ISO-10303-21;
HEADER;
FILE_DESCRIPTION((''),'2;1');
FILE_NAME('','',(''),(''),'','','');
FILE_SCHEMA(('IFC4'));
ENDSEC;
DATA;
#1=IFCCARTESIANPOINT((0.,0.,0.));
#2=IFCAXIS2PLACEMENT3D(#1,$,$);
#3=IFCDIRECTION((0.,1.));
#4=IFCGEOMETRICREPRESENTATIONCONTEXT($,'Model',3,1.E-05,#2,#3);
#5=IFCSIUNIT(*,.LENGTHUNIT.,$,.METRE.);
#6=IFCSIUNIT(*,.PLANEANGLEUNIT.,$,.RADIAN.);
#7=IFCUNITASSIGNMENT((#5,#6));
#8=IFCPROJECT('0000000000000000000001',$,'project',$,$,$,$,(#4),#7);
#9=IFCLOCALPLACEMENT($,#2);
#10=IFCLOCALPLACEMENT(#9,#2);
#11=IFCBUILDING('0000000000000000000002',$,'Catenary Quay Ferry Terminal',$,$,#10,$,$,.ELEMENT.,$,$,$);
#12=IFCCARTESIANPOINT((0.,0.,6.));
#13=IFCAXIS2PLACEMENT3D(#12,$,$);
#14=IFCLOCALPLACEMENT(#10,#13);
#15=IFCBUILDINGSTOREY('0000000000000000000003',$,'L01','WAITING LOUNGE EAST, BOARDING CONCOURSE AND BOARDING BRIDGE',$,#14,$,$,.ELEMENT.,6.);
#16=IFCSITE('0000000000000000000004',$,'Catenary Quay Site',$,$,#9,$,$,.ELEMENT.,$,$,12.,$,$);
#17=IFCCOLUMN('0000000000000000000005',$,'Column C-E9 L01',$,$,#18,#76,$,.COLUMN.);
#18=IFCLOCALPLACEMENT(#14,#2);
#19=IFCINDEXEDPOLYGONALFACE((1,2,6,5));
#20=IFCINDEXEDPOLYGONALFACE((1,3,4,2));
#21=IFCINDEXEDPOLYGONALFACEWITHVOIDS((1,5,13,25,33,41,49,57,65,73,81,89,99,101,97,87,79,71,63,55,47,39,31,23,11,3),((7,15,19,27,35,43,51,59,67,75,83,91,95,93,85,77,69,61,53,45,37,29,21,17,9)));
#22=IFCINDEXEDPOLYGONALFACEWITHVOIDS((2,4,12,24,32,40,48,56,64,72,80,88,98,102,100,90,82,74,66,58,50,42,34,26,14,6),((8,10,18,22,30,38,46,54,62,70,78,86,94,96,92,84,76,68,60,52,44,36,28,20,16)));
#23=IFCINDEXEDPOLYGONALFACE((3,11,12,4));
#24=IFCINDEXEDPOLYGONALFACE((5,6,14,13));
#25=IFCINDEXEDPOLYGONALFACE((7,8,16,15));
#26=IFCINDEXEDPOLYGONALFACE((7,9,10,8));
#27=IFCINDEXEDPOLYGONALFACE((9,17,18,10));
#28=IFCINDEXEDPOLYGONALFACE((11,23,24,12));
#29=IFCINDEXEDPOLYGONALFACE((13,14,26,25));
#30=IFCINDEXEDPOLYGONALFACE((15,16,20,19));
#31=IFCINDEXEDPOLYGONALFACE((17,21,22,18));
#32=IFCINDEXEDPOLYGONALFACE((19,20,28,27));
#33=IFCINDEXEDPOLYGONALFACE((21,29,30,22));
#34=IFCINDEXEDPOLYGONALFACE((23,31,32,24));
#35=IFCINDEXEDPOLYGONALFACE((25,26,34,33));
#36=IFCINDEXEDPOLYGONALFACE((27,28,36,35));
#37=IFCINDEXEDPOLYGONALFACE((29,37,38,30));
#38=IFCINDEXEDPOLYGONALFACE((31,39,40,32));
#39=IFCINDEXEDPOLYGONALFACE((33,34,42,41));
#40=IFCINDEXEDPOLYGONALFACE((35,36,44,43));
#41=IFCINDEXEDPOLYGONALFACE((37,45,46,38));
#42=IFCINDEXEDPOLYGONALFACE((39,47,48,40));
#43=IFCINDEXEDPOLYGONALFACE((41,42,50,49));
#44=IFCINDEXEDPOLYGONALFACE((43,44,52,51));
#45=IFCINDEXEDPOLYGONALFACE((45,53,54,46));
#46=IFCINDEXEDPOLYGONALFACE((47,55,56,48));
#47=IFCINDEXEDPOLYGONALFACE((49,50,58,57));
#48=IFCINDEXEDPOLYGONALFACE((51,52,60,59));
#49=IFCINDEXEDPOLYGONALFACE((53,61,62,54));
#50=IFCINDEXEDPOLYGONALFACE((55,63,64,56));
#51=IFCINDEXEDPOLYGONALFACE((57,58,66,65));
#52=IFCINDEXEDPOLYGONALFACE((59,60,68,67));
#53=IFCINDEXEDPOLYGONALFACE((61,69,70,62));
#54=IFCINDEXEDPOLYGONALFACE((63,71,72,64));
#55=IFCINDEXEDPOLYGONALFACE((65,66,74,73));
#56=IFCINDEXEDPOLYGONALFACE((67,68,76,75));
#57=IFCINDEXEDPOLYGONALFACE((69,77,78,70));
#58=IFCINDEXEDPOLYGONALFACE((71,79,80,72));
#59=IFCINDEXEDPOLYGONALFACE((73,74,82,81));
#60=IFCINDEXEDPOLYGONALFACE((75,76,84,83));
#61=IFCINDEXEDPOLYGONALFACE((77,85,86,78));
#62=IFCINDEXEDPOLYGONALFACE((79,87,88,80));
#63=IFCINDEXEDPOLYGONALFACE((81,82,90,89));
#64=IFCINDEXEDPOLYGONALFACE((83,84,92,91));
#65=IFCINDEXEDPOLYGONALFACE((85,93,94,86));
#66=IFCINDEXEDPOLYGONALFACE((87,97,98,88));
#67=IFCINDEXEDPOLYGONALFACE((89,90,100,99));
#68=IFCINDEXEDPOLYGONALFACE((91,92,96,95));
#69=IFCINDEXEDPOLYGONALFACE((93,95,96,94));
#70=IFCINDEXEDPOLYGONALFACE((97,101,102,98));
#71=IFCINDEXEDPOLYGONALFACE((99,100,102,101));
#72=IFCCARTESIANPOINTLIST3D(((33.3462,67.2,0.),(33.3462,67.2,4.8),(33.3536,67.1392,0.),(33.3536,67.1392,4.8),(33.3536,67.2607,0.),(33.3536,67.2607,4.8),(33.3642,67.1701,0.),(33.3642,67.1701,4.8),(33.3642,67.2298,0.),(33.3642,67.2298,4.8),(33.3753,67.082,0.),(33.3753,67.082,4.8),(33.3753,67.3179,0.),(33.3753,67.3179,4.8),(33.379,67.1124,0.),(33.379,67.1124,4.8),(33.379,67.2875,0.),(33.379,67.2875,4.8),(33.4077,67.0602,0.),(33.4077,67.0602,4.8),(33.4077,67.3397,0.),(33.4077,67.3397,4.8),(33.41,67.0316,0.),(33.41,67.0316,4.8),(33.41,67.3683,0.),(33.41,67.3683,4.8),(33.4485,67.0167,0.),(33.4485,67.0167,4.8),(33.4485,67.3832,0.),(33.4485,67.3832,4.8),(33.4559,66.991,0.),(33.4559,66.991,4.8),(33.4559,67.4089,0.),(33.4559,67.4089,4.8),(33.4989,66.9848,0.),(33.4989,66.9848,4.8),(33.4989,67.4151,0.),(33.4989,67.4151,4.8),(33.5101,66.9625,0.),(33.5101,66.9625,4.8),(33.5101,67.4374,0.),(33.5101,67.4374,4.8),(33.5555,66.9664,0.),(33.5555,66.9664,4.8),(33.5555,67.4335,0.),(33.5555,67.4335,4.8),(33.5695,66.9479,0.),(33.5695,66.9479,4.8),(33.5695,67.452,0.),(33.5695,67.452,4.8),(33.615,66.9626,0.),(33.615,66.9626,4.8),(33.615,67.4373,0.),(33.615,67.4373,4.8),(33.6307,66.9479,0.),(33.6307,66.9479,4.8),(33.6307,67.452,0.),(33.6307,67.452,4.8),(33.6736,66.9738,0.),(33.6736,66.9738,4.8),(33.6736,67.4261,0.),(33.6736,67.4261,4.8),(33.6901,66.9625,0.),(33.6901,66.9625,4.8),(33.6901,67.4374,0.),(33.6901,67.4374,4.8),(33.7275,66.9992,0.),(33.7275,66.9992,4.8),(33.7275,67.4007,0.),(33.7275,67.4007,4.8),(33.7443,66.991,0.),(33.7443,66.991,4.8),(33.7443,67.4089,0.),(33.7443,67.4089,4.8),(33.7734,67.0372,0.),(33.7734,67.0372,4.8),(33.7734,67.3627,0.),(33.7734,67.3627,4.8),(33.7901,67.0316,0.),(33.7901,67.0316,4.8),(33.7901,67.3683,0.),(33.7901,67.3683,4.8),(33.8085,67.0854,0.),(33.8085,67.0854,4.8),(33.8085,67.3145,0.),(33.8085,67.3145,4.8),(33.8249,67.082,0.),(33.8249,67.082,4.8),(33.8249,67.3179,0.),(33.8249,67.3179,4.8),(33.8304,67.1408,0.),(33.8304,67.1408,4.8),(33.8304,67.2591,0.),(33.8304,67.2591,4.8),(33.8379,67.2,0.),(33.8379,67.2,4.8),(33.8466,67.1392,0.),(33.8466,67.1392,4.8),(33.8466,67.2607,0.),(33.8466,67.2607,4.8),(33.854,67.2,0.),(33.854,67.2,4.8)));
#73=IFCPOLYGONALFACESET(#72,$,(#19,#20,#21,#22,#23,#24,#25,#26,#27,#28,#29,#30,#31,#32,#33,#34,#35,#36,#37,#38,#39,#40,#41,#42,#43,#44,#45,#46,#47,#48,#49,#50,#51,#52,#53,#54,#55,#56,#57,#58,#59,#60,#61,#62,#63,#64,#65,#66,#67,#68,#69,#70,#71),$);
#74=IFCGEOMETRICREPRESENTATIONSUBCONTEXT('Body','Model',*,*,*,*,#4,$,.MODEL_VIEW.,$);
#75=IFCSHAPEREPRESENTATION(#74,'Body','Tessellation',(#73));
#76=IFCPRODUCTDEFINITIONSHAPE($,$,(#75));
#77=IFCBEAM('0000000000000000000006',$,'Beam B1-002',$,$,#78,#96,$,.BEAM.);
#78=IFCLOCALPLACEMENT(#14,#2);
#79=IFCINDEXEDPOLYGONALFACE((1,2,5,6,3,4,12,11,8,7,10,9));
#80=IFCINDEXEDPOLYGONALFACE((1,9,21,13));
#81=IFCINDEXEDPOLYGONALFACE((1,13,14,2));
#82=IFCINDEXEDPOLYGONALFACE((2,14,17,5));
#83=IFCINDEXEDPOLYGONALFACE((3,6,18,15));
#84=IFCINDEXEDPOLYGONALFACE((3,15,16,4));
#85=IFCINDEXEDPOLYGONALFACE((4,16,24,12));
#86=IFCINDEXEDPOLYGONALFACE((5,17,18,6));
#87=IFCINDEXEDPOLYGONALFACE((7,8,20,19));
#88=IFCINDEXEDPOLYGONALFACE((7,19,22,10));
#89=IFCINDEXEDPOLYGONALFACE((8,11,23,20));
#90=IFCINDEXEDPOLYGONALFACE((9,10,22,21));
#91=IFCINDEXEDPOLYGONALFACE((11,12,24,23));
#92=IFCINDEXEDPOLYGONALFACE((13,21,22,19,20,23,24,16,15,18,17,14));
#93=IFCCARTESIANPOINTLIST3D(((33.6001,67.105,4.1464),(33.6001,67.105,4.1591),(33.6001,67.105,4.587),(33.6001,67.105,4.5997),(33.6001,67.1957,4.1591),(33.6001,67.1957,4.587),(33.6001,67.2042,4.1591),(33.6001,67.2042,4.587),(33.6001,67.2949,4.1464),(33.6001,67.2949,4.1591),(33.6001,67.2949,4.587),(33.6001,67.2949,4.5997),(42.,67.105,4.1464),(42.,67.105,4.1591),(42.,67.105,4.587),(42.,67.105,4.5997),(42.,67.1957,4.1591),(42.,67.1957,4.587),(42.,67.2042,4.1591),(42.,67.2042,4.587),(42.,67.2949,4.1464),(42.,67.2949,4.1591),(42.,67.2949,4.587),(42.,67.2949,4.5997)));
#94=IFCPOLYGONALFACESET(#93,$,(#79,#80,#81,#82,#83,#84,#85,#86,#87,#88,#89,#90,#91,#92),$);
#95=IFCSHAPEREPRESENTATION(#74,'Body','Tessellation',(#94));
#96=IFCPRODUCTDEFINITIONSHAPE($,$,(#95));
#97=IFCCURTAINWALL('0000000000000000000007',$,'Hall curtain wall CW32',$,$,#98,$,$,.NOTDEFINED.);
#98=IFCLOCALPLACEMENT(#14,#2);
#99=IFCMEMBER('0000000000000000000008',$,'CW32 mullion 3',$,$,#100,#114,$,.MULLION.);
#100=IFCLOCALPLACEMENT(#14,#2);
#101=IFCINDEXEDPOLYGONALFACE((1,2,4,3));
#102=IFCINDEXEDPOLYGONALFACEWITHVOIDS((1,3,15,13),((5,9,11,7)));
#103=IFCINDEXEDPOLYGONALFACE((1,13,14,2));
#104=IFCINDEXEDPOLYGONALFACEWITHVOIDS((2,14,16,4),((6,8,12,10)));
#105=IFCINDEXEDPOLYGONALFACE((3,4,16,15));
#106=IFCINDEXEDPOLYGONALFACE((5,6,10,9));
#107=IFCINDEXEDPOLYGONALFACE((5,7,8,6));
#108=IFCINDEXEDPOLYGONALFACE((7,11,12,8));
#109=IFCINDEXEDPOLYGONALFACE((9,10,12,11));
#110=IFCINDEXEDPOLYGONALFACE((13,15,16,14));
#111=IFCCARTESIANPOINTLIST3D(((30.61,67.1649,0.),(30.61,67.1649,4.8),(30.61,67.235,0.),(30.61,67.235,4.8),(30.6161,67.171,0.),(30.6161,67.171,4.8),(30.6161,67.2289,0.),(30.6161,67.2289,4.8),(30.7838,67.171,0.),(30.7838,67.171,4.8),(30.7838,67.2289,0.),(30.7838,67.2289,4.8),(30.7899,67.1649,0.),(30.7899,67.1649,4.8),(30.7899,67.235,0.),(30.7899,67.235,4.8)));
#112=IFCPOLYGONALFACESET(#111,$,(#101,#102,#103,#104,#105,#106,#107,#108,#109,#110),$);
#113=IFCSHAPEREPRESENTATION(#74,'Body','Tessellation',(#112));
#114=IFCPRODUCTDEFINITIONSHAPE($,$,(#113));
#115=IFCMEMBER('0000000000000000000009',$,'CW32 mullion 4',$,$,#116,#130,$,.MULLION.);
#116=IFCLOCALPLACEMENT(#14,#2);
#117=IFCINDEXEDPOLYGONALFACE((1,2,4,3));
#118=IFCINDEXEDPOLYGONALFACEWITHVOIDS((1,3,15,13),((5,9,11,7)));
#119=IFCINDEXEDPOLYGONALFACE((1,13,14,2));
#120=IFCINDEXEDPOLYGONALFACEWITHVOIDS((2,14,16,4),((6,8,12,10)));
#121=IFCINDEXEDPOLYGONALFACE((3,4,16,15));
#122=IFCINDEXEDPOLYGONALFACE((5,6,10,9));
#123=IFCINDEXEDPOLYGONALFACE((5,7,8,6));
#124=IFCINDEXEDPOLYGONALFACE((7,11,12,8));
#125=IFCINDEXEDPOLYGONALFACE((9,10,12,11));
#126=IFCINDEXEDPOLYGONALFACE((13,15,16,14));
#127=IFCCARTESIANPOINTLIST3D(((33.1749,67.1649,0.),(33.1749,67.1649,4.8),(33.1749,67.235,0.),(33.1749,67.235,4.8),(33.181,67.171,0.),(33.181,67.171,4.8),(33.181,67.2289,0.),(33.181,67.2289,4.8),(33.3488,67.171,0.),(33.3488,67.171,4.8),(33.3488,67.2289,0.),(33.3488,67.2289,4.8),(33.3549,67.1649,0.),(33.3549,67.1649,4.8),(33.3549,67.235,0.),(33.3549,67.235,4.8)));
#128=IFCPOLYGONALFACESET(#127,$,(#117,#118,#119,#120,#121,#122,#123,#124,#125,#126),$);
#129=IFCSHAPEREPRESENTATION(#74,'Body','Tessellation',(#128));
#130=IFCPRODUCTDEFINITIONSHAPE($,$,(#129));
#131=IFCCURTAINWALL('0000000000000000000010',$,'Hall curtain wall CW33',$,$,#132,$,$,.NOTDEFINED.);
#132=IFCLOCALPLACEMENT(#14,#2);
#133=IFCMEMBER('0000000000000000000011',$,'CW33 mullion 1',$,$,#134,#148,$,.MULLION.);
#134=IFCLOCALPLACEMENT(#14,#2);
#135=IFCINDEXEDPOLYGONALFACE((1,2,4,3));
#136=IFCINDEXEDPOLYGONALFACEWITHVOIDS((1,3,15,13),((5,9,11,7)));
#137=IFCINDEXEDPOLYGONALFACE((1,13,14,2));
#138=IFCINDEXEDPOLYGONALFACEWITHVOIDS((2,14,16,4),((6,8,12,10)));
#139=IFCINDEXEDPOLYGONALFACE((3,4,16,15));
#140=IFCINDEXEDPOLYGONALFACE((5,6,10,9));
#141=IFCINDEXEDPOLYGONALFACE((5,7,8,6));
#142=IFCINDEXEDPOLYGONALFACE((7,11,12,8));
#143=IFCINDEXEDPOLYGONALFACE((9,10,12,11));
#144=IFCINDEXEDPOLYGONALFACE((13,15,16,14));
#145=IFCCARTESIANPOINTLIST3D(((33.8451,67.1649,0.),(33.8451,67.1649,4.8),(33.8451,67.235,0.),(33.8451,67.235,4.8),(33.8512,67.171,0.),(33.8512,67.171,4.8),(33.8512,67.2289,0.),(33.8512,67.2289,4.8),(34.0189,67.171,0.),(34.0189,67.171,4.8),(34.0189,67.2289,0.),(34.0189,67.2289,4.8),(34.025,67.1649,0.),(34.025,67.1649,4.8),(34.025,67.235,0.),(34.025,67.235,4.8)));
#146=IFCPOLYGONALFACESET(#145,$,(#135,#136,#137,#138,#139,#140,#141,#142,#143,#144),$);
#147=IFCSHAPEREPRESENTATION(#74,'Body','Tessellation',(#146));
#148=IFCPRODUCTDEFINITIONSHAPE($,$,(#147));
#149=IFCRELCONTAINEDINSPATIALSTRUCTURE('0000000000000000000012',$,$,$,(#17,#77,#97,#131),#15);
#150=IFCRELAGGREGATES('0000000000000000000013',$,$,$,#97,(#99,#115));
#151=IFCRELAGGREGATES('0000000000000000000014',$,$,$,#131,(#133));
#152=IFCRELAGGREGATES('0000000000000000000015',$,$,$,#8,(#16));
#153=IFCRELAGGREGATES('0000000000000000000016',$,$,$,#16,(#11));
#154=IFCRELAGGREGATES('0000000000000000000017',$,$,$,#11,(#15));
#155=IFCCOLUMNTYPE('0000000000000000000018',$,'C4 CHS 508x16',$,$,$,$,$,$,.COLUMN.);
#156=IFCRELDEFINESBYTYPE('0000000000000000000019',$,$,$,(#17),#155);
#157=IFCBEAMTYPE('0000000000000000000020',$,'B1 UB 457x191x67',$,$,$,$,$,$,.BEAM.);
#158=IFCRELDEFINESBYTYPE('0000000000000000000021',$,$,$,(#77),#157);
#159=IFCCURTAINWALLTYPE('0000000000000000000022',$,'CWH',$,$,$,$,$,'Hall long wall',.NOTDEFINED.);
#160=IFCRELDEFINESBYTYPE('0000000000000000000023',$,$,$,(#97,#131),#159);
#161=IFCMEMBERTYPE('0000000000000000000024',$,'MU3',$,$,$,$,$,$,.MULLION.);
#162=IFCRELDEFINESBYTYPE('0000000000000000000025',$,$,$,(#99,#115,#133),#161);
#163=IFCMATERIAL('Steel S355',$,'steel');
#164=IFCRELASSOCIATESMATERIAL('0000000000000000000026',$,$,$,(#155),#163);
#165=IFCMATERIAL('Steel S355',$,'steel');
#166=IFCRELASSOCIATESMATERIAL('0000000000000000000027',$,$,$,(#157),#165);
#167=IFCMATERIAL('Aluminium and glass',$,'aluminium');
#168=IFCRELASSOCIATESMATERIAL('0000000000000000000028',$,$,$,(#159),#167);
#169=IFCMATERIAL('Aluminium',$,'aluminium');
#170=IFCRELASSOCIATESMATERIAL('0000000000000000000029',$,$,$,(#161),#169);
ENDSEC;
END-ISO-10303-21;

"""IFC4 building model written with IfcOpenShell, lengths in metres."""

from ifc_helpers import new_model, si_unit, direction, frame, origin, origin_2d, place, context, subcontext, project, spatial, hollow_rectangle, hollow_circle, i_section, extrude, material, material_profile, profile_set, type_object, element, aggregate, save


model = new_model("IFC4")

# Units and contexts
model_context = context("Model", 3, precision=1e-05, world=origin(), true_north=direction((0.0, 1.0)))
body_context = subcontext(model_context, "Body", "Model", "MODEL_VIEW")
ifc_project = project(units=[si_unit("LENGTHUNIT", "METRE"), si_unit("PLANEANGLEUNIT", "RADIAN")], contexts=[model_context])

# Site, building, storey
site_placement = place(None, origin())
site = spatial("IfcSite", under=ifc_project, at=site_placement, Name="Catenary Quay Site", CompositionType="ELEMENT", RefElevation=12.0)
building_placement = place(site_placement, origin())
building = spatial("IfcBuilding", under=site, at=building_placement, Name="Catenary Quay Ferry Terminal", CompositionType="ELEMENT")
storey_placement = place(building_placement, frame((0.0, 0.0, 6.0)))
storey = spatial("IfcBuildingStorey", under=building, at=storey_placement, Name="L01", Description="WAITING LOUNGE EAST, BOARDING CONCOURSE AND BOARDING BRIDGE", CompositionType="ELEMENT", Elevation=6.0)

# Column
ifc_material_1 = material(Name="Steel S355", Category="steel")
ifc_material_profile_1 = material_profile(ifc_material_1, hollow_circle(Radius=0.2539, WallThickness=0.0161, at=origin_2d()), Name="CHS 508x16")
ifc_profile_set_1 = profile_set([ifc_material_profile_1], Name="Steel S355")
column_type = type_object("IfcColumnType", Name="C4 CHS 508x16", PredefinedType="COLUMN", material=ifc_profile_set_1)
column_placement = place(storey_placement, frame((33.6001, 67.2, 0.0), z_axis=(0.0, 0.0, 1.0), x_axis=(1.0, 0.0, 0.0)))
element("IfcColumn", 1, at=column_placement, inside=storey, type_object=column_type, Name="Column C-E9 L01", PredefinedType="COLUMN", context=body_context, shape_type="SweptSolid", body=[
    extrude(hollow_circle(Radius=0.2539, WallThickness=0.0161, at=origin_2d()), origin(), (0.0, 0.0, 1.0), 4.8),
])

# Beam
ifc_material_2 = material(Name="Steel S355", Category="steel")
ifc_material_profile_2 = material_profile(ifc_material_2, i_section(OverallWidth=0.1899, OverallDepth=0.4534, WebThickness=0.0085, FlangeThickness=0.0127, at=origin_2d()), Name="UB 457x191x67")
ifc_profile_set_2 = profile_set([ifc_material_profile_2], Name="Steel S355")
beam_type_1 = type_object("IfcBeamType", Name="B1 UB 457x191x67", PredefinedType="BEAM", material=ifc_profile_set_2)
beam_1_placement = place(storey_placement, frame((33.6001, 67.2, 4.373), z_axis=(1.0, 0.0, 0.0), x_axis=(0.0, 1.0, 0.0)))
element("IfcBeam", 2, at=beam_1_placement, inside=storey, type_object=beam_type_1, Name="Beam B1-002", PredefinedType="BEAM", context=body_context, shape_type="SweptSolid", body=[
    extrude(i_section(OverallWidth=0.1899, OverallDepth=0.4534, WebThickness=0.0085, FlangeThickness=0.0127, at=origin_2d()), origin(), (0.0, 0.0, 1.0), 8.3999),
])

# Curtain wall, members
ifc_material_3 = material(Name="Aluminium and glass", Category="aluminium")
curtain_wall_type = type_object("IfcCurtainWallType", Name="CWH", ElementType="Hall long wall", PredefinedType="NOTDEFINED", material=ifc_material_3)
curtain_wall_1_placement = place(storey_placement, origin())
curtain_wall_1 = element("IfcCurtainWall", 3, at=curtain_wall_1_placement, inside=storey, type_object=curtain_wall_type, Name="Hall curtain wall CW32", PredefinedType="NOTDEFINED")
ifc_material_4 = material(Name="Aluminium", Category="aluminium")
ifc_material_profile_3 = material_profile(ifc_material_4, hollow_rectangle(XDim=0.0701, YDim=0.1799, WallThickness=0.0061, at=origin_2d()), Name="MU3")
ifc_profile_set_3 = profile_set([ifc_material_profile_3], Name="Aluminium")
member_type_1 = type_object("IfcMemberType", Name="MU3", PredefinedType="MULLION", material=ifc_profile_set_3)
member_1_placement = place(storey_placement, frame((30.7, 67.2, 0.0), z_axis=(0.0, 0.0, 1.0), x_axis=(0.0, 1.0, 0.0)))
member_1 = element("IfcMember", 4, at=member_1_placement, type_object=member_type_1, Name="CW32 mullion 3", PredefinedType="MULLION", context=body_context, shape_type="SweptSolid", body=[
    extrude(hollow_rectangle(XDim=0.0701, YDim=0.1799, WallThickness=0.0061, at=origin_2d()), origin(), (0.0, 0.0, 1.0), 4.8),
])
member_2_placement = place(storey_placement, frame((33.2649, 67.2, 0.0), z_axis=(0.0, 0.0, 1.0), x_axis=(0.0, 1.0, 0.0)))
member_2 = element("IfcMember", 5, at=member_2_placement, type_object=member_type_1, Name="CW32 mullion 4", PredefinedType="MULLION", context=body_context, shape_type="SweptSolid", body=[
    extrude(hollow_rectangle(XDim=0.0701, YDim=0.1799, WallThickness=0.0061, at=origin_2d()), origin(), (0.0, 0.0, 1.0), 4.8),
])

# Curtain wall, member
curtain_wall_2_placement = place(storey_placement, origin())
curtain_wall_2 = element("IfcCurtainWall", 6, at=curtain_wall_2_placement, inside=storey, type_object=curtain_wall_type, Name="Hall curtain wall CW33", PredefinedType="NOTDEFINED")
member_3_placement = place(storey_placement, frame((33.9351, 67.2, 0.0), z_axis=(0.0, 0.0, 1.0), x_axis=(0.0, 1.0, 0.0)))
member_3 = element("IfcMember", 7, at=member_3_placement, type_object=member_type_1, Name="CW33 mullion 1", PredefinedType="MULLION", context=body_context, shape_type="SweptSolid", body=[
    extrude(hollow_rectangle(XDim=0.0701, YDim=0.1799, WallThickness=0.0061, at=origin_2d()), origin(), (0.0, 0.0, 1.0), 4.8),
])

aggregate(curtain_wall_1, [member_1, member_2])
aggregate(curtain_wall_2, [member_3])

save(model, "model.ifc")
